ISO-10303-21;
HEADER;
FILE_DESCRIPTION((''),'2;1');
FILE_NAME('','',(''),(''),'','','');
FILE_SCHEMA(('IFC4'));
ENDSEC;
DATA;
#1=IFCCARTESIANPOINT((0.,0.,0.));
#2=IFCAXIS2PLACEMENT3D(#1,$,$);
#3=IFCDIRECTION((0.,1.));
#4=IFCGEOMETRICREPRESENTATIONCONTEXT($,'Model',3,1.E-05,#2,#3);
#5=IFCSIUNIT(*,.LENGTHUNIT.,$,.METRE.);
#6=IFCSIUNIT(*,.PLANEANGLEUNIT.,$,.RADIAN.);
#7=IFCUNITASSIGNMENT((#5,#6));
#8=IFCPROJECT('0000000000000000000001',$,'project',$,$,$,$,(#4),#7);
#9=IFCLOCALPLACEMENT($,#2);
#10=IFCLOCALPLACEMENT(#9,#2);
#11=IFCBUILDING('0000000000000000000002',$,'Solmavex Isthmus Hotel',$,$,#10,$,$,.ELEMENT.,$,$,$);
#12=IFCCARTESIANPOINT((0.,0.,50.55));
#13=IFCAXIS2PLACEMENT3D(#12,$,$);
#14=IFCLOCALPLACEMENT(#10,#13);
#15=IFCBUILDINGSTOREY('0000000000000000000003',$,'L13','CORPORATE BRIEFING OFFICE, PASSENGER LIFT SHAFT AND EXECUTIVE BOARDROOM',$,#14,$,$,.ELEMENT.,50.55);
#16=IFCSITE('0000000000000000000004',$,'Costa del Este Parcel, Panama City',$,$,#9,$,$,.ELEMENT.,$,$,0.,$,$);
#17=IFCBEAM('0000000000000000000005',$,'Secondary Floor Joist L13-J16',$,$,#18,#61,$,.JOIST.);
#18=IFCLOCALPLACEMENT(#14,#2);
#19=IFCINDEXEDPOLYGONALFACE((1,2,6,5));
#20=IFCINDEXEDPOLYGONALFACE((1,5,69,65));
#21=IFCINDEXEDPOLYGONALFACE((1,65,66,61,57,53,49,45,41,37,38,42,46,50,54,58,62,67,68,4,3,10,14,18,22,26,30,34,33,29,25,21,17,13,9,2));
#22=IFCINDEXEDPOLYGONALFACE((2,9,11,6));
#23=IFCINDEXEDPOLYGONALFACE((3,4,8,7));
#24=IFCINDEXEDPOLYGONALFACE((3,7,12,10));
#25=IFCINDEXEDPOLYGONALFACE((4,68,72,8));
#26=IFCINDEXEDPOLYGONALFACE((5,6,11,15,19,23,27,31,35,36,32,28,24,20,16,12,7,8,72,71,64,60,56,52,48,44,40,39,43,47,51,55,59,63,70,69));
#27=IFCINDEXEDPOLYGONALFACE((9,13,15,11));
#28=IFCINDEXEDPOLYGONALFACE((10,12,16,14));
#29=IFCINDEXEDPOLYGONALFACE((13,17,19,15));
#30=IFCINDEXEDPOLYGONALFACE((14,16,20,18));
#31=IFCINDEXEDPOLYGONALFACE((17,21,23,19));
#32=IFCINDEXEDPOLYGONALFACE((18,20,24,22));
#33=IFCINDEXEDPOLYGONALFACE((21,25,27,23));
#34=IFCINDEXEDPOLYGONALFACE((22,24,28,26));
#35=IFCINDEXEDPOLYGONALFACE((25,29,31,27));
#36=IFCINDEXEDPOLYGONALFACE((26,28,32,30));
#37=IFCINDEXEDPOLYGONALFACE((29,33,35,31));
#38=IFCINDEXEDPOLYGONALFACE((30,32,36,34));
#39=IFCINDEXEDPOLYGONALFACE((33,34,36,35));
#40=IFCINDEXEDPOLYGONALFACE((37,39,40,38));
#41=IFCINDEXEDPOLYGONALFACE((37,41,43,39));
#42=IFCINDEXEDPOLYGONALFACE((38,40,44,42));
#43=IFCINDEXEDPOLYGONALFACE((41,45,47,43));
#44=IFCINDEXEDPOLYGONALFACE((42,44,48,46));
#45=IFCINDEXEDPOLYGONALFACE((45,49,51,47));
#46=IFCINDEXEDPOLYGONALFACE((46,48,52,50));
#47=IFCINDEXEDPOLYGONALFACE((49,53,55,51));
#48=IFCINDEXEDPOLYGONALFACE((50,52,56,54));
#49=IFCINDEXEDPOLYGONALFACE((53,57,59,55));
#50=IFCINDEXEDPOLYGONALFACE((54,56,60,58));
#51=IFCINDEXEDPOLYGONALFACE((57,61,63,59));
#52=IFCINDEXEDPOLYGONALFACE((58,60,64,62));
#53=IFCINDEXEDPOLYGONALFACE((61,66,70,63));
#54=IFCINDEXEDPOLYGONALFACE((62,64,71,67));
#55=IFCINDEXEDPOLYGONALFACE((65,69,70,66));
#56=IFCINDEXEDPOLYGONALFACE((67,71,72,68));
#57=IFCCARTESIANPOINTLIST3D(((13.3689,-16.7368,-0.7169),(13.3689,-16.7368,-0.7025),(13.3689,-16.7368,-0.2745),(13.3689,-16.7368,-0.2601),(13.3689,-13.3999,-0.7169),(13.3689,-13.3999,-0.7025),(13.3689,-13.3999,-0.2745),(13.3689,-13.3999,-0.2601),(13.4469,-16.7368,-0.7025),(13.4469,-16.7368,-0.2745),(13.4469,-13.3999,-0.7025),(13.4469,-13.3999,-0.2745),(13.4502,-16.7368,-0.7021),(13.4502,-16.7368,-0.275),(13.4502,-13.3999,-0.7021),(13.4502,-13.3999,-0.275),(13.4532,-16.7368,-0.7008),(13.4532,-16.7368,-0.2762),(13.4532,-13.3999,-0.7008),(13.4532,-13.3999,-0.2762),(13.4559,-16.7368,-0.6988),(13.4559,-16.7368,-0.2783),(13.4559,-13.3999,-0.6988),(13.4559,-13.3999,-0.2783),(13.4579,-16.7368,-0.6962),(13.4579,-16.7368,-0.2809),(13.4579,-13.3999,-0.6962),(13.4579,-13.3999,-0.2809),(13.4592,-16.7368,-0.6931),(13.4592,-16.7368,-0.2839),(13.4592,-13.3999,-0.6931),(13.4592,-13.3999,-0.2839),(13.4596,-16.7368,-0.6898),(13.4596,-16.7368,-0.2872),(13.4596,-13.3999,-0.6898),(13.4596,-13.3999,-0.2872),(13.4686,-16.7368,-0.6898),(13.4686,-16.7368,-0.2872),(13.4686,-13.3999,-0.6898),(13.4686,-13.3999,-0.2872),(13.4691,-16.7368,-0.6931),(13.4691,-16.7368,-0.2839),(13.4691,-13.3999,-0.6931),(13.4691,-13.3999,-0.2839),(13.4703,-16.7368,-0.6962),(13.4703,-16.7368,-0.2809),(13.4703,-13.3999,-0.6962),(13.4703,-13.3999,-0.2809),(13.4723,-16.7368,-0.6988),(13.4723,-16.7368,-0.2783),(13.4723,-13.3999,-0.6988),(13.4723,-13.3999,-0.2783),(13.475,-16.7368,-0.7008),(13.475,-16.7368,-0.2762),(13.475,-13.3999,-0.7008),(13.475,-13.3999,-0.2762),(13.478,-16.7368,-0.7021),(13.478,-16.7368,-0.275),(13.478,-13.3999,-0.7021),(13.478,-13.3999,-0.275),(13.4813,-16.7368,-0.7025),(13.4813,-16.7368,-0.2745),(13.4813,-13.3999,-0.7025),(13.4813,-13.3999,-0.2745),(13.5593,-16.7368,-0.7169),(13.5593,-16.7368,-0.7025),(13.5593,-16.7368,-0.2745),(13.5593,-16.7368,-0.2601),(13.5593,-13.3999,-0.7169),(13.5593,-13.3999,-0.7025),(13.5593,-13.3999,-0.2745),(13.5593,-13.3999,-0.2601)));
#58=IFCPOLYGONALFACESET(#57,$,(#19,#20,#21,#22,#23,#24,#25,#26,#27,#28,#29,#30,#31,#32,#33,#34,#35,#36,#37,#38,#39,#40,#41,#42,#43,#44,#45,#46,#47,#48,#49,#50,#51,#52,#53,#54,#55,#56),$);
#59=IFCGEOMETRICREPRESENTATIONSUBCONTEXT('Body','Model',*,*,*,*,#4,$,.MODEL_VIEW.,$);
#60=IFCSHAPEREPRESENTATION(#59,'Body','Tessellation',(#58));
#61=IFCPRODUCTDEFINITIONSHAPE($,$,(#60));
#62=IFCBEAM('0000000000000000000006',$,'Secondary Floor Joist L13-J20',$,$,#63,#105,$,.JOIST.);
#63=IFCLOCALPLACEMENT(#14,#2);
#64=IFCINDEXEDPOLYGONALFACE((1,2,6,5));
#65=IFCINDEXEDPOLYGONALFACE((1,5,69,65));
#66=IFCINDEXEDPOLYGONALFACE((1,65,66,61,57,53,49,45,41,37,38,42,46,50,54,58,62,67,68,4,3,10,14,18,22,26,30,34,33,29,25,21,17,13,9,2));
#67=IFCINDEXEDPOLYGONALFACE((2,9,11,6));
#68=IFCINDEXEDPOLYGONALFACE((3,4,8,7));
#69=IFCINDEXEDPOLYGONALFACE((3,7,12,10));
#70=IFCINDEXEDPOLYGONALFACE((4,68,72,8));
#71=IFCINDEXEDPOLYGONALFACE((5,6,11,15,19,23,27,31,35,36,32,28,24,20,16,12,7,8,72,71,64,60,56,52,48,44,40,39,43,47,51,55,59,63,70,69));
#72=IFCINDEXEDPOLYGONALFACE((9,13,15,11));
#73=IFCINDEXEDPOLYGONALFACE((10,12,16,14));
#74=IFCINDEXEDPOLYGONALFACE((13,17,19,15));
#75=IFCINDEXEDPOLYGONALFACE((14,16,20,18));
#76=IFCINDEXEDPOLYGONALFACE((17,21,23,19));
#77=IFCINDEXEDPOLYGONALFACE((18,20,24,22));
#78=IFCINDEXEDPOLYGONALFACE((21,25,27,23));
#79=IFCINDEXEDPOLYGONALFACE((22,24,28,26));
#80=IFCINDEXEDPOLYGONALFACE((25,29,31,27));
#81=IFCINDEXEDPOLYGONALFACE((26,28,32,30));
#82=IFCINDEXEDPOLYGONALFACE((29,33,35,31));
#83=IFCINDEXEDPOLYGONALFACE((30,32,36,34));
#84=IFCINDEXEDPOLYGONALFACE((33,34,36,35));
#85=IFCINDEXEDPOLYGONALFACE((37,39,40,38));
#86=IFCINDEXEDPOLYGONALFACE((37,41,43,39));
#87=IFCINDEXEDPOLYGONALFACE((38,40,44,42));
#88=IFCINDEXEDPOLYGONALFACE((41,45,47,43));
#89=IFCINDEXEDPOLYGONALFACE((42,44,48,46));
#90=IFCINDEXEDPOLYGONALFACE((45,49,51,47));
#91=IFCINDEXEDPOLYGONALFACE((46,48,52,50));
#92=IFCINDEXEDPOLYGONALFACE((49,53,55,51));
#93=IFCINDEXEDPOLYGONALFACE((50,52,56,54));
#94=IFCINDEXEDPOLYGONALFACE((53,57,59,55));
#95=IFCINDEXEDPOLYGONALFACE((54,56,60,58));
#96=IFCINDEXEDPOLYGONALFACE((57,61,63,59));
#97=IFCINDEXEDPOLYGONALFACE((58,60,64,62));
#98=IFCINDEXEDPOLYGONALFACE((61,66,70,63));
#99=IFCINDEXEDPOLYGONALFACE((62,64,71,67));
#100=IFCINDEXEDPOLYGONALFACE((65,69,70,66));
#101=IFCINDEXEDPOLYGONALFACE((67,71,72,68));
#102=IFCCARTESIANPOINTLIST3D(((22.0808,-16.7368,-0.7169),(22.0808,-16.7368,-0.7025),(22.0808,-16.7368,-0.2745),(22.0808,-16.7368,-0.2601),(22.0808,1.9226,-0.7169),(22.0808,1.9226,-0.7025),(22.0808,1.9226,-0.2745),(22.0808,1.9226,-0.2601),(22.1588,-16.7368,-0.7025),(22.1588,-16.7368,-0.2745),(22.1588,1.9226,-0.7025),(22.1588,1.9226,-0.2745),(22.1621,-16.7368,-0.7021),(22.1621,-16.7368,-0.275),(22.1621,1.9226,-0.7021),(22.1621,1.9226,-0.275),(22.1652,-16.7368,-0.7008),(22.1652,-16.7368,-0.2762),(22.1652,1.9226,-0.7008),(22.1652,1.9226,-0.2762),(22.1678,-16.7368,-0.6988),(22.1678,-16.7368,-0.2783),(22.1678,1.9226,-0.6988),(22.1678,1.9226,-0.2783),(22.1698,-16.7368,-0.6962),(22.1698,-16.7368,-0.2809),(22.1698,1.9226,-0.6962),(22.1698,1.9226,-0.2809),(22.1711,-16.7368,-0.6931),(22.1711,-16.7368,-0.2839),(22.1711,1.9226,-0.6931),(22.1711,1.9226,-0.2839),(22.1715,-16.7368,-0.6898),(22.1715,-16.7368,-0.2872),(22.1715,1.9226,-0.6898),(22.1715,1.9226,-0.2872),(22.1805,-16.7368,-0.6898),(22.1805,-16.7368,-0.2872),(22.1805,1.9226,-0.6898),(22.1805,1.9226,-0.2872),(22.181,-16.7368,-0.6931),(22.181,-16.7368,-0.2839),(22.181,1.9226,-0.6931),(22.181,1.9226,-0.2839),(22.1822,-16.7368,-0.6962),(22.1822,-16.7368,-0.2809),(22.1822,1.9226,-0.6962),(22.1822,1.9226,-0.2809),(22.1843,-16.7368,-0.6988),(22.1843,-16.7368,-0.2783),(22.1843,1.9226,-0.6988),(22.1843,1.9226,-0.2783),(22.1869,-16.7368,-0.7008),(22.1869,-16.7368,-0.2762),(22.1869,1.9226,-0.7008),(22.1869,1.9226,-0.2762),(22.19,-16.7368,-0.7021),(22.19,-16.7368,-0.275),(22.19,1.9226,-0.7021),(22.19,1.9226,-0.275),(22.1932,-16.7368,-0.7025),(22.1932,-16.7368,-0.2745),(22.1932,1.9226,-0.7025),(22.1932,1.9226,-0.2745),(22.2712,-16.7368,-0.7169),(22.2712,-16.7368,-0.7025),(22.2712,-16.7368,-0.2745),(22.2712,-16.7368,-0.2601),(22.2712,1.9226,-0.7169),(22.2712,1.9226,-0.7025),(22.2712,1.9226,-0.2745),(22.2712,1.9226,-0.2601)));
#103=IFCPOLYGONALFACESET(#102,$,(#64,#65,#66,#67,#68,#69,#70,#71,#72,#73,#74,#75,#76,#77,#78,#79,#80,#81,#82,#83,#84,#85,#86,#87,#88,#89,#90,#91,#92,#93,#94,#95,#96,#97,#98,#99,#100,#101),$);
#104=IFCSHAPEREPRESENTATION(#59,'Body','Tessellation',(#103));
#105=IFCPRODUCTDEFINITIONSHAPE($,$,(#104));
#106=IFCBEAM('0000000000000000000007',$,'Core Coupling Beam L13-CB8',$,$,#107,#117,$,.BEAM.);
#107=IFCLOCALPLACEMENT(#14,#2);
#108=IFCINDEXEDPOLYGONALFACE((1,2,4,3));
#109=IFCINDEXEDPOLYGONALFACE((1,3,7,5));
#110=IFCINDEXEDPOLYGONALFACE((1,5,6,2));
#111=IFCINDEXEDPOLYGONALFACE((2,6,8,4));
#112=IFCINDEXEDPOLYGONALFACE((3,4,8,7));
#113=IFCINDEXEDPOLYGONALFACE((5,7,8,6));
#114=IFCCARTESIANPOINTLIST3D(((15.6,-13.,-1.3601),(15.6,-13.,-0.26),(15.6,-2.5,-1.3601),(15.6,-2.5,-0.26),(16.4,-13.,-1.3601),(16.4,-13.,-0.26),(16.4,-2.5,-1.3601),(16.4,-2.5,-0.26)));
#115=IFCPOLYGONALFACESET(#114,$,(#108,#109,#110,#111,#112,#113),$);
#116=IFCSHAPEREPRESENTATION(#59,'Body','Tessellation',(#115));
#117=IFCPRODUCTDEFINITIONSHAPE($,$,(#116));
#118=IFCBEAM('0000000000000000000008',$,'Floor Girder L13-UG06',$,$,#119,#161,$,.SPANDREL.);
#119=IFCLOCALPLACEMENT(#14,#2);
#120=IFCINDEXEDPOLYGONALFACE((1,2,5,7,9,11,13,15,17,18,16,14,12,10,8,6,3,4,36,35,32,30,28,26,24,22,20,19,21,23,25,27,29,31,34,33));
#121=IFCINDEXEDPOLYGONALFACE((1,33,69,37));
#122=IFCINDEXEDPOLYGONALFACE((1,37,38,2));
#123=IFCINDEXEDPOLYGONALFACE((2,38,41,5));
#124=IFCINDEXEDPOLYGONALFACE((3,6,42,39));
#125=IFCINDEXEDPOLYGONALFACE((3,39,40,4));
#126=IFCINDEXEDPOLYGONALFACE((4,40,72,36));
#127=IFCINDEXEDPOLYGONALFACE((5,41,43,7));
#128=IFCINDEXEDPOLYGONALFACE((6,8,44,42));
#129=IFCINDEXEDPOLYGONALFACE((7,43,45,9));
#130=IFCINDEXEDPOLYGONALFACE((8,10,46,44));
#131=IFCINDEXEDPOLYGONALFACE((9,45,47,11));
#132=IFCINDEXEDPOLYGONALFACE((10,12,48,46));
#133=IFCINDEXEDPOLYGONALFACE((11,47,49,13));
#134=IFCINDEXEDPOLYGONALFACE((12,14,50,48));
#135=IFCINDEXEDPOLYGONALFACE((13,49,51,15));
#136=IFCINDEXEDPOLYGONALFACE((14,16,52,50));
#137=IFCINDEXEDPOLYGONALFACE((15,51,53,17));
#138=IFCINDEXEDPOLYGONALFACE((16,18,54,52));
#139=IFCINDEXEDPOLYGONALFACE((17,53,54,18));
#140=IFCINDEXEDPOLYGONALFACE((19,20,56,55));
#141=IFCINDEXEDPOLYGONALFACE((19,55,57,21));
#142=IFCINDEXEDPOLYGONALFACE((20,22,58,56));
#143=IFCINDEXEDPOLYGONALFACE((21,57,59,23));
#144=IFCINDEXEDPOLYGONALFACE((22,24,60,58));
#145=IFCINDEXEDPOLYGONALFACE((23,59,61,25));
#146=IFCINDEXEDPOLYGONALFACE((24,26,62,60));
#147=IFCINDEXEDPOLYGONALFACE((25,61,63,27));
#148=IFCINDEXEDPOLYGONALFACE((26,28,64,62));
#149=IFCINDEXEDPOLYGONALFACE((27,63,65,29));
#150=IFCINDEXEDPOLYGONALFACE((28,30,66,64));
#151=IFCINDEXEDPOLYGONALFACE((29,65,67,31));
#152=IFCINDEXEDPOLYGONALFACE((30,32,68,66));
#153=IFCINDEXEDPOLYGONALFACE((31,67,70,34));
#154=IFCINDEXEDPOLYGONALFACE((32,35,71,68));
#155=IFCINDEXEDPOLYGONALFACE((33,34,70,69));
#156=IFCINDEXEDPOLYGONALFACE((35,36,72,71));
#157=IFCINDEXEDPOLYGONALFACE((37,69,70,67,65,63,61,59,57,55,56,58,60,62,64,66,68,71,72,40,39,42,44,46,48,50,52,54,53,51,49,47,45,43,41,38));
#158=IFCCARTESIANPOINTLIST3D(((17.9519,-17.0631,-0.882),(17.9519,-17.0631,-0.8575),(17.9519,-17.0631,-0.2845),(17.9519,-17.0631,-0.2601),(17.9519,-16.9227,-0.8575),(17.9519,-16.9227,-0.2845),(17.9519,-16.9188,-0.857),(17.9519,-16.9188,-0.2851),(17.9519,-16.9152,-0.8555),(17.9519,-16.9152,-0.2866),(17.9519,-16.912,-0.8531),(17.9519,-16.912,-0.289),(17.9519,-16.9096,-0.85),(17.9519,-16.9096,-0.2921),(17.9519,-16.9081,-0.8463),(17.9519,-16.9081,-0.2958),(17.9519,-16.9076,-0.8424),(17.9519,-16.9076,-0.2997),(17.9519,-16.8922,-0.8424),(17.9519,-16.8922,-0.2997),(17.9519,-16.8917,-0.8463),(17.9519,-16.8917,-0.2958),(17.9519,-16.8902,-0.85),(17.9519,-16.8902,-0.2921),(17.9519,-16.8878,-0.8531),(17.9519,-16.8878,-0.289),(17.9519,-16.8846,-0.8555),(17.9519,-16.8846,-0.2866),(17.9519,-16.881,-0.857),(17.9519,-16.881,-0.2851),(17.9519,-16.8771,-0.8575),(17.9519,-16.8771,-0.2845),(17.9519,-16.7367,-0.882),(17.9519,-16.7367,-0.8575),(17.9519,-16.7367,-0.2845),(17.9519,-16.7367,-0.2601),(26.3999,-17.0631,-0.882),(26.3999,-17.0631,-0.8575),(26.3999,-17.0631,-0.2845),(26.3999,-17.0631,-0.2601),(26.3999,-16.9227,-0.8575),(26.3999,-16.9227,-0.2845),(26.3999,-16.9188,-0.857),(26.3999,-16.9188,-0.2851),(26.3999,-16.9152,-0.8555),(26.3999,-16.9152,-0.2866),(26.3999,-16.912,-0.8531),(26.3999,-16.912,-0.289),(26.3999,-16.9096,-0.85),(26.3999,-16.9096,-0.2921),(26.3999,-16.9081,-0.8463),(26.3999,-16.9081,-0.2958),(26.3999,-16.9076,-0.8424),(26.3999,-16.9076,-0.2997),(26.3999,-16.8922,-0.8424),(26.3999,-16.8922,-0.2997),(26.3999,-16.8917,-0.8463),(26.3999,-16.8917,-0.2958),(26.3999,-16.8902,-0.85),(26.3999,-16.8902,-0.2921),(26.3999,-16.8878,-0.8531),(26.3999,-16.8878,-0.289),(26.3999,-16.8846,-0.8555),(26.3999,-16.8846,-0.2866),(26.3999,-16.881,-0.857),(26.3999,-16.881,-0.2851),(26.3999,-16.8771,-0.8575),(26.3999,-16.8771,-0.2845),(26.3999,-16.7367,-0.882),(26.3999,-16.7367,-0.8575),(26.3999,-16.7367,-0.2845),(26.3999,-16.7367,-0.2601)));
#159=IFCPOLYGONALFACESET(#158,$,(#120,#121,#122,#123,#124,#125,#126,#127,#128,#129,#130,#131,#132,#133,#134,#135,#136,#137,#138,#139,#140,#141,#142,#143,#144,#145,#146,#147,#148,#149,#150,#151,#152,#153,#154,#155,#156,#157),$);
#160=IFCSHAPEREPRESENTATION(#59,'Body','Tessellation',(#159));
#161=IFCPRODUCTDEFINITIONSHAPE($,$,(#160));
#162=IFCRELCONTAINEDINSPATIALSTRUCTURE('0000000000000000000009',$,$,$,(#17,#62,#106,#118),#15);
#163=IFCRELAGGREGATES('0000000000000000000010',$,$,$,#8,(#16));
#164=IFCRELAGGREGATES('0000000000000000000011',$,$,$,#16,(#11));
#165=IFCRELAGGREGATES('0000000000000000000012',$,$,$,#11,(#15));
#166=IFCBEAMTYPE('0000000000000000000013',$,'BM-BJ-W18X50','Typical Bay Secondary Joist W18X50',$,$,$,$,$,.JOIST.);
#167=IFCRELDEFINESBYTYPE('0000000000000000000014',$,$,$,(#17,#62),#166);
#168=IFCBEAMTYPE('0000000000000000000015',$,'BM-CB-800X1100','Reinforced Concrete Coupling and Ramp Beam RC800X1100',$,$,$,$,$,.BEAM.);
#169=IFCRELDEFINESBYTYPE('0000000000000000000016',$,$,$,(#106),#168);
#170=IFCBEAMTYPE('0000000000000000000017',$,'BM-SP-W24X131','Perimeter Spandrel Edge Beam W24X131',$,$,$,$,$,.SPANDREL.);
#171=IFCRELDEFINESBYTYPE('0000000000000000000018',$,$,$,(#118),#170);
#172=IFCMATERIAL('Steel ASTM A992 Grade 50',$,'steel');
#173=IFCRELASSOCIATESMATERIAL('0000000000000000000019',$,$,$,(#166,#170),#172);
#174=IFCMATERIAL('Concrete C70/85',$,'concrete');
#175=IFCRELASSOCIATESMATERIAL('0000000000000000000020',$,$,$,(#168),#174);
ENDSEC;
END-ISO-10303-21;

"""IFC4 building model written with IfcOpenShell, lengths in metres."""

from ifc_helpers import new_model, si_unit, direction, frame, origin, origin_2d, place, context, subcontext, project, spatial, rectangle, i_section, extrude, material, material_profile, profile_set, type_object, element, save


model = new_model("IFC4")

# Units and contexts
model_context = context("Model", 3, precision=1e-05, world=origin(), true_north=direction((0.0, 1.0)))
body_context = subcontext(model_context, "Body", "Model", "MODEL_VIEW")
ifc_project = project(units=[si_unit("LENGTHUNIT", "METRE"), si_unit("PLANEANGLEUNIT", "RADIAN")], contexts=[model_context])

# Site, building, storey
site_placement = place(None, origin())
site = spatial("IfcSite", under=ifc_project, at=site_placement, Name="Costa del Este Parcel, Panama City", CompositionType="ELEMENT", RefElevation=0.0)
building_placement = place(site_placement, origin())
building = spatial("IfcBuilding", under=site, at=building_placement, Name="Solmavex Isthmus Hotel", CompositionType="ELEMENT")
storey_placement = place(building_placement, frame((0.0, 0.0, 50.55)))
storey = spatial("IfcBuildingStorey", under=building, at=storey_placement, Name="L13", Description="CORPORATE BRIEFING OFFICE, PASSENGER LIFT SHAFT AND EXECUTIVE BOARDROOM", CompositionType="ELEMENT", Elevation=50.55)

# Shared definitions
ifc_material_1 = material(Name="Concrete C70/85", Category="concrete")

# Beams
ifc_material_2 = material(Name="Steel ASTM A992 Grade 50", Category="steel")
ifc_material_profile_1 = material_profile(ifc_material_2, i_section(OverallWidth=0.1904, OverallDepth=0.4568, WebThickness=0.009, FlangeThickness=0.0144, FilletRadius=0.0127, at=origin_2d()), Name="W18X50")
ifc_profile_set_1 = profile_set([ifc_material_profile_1], Name="Steel ASTM A992 Grade 50")
beam_type_1 = type_object("IfcBeamType", Name="BM-BJ-W18X50", Description="Typical Bay Secondary Joist W18X50", PredefinedType="JOIST", material=ifc_profile_set_1)
beam_1_placement = place(storey_placement, frame((13.4641, -16.7368, -0.4885), z_axis=(0.0, 1.0, 0.0), x_axis=(-1.0, 0.0, 0.0)))
element("IfcBeam", 1, at=beam_1_placement, inside=storey, type_object=beam_type_1, Name="Secondary Floor Joist L13-J16", PredefinedType="JOIST", context=body_context, shape_type="SweptSolid", body=[
    extrude(i_section(OverallWidth=0.1904, OverallDepth=0.4568, WebThickness=0.009, FlangeThickness=0.0144, FilletRadius=0.0127, at=origin_2d()), origin(), (0.0, 0.0, 1.0), 3.3369),
])
beam_2_placement = place(storey_placement, frame((22.176, -16.7368, -0.4885), z_axis=(0.0, 1.0, 0.0), x_axis=(-1.0, 0.0, 0.0)))
element("IfcBeam", 2, at=beam_2_placement, inside=storey, type_object=beam_type_1, Name="Secondary Floor Joist L13-J20", PredefinedType="JOIST", context=body_context, shape_type="SweptSolid", body=[
    extrude(i_section(OverallWidth=0.1904, OverallDepth=0.4568, WebThickness=0.009, FlangeThickness=0.0144, FilletRadius=0.0127, at=origin_2d()), origin(), (0.0, 0.0, 1.0), 18.6594),
])
ifc_material_profile_2 = material_profile(ifc_material_1, rectangle(XDim=0.8, YDim=1.1001, at=origin_2d()), Name="RC800X1100")
ifc_profile_set_2 = profile_set([ifc_material_profile_2], Name="Concrete C70/85")
beam_type_2 = type_object("IfcBeamType", Name="BM-CB-800X1100", Description="Reinforced Concrete Coupling and Ramp Beam RC800X1100", PredefinedType="BEAM", material=ifc_profile_set_2)
beam_3_placement = place(storey_placement, frame((16.0, -13.0, -0.8101), z_axis=(0.0, 1.0, 0.0), x_axis=(-1.0, 0.0, 0.0)))
element("IfcBeam", 3, at=beam_3_placement, inside=storey, type_object=beam_type_2, Name="Core Coupling Beam L13-CB8", PredefinedType="BEAM", context=body_context, shape_type="SweptSolid", body=[
    extrude(rectangle(XDim=0.8, YDim=1.1001, at=origin_2d()), origin(), (0.0, 0.0, 1.0), 10.5),
])
ifc_material_profile_3 = material_profile(ifc_material_2, i_section(OverallWidth=0.3264, OverallDepth=0.6218, WebThickness=0.0154, FlangeThickness=0.0244, FilletRadius=0.0151, at=origin_2d()), Name="W24X131")
ifc_profile_set_3 = profile_set([ifc_material_profile_3], Name="Steel ASTM A992 Grade 50")
beam_type_3 = type_object("IfcBeamType", Name="BM-SP-W24X131", Description="Perimeter Spandrel Edge Beam W24X131", PredefinedType="SPANDREL", material=ifc_profile_set_3)
beam_4_placement = place(storey_placement, frame((17.9519, -16.8999, -0.571), z_axis=(1.0, 0.0, 0.0), x_axis=(0.0, 1.0, 0.0)))
element("IfcBeam", 4, at=beam_4_placement, inside=storey, type_object=beam_type_3, Name="Floor Girder L13-UG06", PredefinedType="SPANDREL", context=body_context, shape_type="SweptSolid", body=[
    extrude(i_section(OverallWidth=0.3264, OverallDepth=0.6218, WebThickness=0.0154, FlangeThickness=0.0244, FilletRadius=0.0151, at=origin_2d()), origin(), (0.0, 0.0, 1.0), 8.448),
])

save(model, "model.ifc")
